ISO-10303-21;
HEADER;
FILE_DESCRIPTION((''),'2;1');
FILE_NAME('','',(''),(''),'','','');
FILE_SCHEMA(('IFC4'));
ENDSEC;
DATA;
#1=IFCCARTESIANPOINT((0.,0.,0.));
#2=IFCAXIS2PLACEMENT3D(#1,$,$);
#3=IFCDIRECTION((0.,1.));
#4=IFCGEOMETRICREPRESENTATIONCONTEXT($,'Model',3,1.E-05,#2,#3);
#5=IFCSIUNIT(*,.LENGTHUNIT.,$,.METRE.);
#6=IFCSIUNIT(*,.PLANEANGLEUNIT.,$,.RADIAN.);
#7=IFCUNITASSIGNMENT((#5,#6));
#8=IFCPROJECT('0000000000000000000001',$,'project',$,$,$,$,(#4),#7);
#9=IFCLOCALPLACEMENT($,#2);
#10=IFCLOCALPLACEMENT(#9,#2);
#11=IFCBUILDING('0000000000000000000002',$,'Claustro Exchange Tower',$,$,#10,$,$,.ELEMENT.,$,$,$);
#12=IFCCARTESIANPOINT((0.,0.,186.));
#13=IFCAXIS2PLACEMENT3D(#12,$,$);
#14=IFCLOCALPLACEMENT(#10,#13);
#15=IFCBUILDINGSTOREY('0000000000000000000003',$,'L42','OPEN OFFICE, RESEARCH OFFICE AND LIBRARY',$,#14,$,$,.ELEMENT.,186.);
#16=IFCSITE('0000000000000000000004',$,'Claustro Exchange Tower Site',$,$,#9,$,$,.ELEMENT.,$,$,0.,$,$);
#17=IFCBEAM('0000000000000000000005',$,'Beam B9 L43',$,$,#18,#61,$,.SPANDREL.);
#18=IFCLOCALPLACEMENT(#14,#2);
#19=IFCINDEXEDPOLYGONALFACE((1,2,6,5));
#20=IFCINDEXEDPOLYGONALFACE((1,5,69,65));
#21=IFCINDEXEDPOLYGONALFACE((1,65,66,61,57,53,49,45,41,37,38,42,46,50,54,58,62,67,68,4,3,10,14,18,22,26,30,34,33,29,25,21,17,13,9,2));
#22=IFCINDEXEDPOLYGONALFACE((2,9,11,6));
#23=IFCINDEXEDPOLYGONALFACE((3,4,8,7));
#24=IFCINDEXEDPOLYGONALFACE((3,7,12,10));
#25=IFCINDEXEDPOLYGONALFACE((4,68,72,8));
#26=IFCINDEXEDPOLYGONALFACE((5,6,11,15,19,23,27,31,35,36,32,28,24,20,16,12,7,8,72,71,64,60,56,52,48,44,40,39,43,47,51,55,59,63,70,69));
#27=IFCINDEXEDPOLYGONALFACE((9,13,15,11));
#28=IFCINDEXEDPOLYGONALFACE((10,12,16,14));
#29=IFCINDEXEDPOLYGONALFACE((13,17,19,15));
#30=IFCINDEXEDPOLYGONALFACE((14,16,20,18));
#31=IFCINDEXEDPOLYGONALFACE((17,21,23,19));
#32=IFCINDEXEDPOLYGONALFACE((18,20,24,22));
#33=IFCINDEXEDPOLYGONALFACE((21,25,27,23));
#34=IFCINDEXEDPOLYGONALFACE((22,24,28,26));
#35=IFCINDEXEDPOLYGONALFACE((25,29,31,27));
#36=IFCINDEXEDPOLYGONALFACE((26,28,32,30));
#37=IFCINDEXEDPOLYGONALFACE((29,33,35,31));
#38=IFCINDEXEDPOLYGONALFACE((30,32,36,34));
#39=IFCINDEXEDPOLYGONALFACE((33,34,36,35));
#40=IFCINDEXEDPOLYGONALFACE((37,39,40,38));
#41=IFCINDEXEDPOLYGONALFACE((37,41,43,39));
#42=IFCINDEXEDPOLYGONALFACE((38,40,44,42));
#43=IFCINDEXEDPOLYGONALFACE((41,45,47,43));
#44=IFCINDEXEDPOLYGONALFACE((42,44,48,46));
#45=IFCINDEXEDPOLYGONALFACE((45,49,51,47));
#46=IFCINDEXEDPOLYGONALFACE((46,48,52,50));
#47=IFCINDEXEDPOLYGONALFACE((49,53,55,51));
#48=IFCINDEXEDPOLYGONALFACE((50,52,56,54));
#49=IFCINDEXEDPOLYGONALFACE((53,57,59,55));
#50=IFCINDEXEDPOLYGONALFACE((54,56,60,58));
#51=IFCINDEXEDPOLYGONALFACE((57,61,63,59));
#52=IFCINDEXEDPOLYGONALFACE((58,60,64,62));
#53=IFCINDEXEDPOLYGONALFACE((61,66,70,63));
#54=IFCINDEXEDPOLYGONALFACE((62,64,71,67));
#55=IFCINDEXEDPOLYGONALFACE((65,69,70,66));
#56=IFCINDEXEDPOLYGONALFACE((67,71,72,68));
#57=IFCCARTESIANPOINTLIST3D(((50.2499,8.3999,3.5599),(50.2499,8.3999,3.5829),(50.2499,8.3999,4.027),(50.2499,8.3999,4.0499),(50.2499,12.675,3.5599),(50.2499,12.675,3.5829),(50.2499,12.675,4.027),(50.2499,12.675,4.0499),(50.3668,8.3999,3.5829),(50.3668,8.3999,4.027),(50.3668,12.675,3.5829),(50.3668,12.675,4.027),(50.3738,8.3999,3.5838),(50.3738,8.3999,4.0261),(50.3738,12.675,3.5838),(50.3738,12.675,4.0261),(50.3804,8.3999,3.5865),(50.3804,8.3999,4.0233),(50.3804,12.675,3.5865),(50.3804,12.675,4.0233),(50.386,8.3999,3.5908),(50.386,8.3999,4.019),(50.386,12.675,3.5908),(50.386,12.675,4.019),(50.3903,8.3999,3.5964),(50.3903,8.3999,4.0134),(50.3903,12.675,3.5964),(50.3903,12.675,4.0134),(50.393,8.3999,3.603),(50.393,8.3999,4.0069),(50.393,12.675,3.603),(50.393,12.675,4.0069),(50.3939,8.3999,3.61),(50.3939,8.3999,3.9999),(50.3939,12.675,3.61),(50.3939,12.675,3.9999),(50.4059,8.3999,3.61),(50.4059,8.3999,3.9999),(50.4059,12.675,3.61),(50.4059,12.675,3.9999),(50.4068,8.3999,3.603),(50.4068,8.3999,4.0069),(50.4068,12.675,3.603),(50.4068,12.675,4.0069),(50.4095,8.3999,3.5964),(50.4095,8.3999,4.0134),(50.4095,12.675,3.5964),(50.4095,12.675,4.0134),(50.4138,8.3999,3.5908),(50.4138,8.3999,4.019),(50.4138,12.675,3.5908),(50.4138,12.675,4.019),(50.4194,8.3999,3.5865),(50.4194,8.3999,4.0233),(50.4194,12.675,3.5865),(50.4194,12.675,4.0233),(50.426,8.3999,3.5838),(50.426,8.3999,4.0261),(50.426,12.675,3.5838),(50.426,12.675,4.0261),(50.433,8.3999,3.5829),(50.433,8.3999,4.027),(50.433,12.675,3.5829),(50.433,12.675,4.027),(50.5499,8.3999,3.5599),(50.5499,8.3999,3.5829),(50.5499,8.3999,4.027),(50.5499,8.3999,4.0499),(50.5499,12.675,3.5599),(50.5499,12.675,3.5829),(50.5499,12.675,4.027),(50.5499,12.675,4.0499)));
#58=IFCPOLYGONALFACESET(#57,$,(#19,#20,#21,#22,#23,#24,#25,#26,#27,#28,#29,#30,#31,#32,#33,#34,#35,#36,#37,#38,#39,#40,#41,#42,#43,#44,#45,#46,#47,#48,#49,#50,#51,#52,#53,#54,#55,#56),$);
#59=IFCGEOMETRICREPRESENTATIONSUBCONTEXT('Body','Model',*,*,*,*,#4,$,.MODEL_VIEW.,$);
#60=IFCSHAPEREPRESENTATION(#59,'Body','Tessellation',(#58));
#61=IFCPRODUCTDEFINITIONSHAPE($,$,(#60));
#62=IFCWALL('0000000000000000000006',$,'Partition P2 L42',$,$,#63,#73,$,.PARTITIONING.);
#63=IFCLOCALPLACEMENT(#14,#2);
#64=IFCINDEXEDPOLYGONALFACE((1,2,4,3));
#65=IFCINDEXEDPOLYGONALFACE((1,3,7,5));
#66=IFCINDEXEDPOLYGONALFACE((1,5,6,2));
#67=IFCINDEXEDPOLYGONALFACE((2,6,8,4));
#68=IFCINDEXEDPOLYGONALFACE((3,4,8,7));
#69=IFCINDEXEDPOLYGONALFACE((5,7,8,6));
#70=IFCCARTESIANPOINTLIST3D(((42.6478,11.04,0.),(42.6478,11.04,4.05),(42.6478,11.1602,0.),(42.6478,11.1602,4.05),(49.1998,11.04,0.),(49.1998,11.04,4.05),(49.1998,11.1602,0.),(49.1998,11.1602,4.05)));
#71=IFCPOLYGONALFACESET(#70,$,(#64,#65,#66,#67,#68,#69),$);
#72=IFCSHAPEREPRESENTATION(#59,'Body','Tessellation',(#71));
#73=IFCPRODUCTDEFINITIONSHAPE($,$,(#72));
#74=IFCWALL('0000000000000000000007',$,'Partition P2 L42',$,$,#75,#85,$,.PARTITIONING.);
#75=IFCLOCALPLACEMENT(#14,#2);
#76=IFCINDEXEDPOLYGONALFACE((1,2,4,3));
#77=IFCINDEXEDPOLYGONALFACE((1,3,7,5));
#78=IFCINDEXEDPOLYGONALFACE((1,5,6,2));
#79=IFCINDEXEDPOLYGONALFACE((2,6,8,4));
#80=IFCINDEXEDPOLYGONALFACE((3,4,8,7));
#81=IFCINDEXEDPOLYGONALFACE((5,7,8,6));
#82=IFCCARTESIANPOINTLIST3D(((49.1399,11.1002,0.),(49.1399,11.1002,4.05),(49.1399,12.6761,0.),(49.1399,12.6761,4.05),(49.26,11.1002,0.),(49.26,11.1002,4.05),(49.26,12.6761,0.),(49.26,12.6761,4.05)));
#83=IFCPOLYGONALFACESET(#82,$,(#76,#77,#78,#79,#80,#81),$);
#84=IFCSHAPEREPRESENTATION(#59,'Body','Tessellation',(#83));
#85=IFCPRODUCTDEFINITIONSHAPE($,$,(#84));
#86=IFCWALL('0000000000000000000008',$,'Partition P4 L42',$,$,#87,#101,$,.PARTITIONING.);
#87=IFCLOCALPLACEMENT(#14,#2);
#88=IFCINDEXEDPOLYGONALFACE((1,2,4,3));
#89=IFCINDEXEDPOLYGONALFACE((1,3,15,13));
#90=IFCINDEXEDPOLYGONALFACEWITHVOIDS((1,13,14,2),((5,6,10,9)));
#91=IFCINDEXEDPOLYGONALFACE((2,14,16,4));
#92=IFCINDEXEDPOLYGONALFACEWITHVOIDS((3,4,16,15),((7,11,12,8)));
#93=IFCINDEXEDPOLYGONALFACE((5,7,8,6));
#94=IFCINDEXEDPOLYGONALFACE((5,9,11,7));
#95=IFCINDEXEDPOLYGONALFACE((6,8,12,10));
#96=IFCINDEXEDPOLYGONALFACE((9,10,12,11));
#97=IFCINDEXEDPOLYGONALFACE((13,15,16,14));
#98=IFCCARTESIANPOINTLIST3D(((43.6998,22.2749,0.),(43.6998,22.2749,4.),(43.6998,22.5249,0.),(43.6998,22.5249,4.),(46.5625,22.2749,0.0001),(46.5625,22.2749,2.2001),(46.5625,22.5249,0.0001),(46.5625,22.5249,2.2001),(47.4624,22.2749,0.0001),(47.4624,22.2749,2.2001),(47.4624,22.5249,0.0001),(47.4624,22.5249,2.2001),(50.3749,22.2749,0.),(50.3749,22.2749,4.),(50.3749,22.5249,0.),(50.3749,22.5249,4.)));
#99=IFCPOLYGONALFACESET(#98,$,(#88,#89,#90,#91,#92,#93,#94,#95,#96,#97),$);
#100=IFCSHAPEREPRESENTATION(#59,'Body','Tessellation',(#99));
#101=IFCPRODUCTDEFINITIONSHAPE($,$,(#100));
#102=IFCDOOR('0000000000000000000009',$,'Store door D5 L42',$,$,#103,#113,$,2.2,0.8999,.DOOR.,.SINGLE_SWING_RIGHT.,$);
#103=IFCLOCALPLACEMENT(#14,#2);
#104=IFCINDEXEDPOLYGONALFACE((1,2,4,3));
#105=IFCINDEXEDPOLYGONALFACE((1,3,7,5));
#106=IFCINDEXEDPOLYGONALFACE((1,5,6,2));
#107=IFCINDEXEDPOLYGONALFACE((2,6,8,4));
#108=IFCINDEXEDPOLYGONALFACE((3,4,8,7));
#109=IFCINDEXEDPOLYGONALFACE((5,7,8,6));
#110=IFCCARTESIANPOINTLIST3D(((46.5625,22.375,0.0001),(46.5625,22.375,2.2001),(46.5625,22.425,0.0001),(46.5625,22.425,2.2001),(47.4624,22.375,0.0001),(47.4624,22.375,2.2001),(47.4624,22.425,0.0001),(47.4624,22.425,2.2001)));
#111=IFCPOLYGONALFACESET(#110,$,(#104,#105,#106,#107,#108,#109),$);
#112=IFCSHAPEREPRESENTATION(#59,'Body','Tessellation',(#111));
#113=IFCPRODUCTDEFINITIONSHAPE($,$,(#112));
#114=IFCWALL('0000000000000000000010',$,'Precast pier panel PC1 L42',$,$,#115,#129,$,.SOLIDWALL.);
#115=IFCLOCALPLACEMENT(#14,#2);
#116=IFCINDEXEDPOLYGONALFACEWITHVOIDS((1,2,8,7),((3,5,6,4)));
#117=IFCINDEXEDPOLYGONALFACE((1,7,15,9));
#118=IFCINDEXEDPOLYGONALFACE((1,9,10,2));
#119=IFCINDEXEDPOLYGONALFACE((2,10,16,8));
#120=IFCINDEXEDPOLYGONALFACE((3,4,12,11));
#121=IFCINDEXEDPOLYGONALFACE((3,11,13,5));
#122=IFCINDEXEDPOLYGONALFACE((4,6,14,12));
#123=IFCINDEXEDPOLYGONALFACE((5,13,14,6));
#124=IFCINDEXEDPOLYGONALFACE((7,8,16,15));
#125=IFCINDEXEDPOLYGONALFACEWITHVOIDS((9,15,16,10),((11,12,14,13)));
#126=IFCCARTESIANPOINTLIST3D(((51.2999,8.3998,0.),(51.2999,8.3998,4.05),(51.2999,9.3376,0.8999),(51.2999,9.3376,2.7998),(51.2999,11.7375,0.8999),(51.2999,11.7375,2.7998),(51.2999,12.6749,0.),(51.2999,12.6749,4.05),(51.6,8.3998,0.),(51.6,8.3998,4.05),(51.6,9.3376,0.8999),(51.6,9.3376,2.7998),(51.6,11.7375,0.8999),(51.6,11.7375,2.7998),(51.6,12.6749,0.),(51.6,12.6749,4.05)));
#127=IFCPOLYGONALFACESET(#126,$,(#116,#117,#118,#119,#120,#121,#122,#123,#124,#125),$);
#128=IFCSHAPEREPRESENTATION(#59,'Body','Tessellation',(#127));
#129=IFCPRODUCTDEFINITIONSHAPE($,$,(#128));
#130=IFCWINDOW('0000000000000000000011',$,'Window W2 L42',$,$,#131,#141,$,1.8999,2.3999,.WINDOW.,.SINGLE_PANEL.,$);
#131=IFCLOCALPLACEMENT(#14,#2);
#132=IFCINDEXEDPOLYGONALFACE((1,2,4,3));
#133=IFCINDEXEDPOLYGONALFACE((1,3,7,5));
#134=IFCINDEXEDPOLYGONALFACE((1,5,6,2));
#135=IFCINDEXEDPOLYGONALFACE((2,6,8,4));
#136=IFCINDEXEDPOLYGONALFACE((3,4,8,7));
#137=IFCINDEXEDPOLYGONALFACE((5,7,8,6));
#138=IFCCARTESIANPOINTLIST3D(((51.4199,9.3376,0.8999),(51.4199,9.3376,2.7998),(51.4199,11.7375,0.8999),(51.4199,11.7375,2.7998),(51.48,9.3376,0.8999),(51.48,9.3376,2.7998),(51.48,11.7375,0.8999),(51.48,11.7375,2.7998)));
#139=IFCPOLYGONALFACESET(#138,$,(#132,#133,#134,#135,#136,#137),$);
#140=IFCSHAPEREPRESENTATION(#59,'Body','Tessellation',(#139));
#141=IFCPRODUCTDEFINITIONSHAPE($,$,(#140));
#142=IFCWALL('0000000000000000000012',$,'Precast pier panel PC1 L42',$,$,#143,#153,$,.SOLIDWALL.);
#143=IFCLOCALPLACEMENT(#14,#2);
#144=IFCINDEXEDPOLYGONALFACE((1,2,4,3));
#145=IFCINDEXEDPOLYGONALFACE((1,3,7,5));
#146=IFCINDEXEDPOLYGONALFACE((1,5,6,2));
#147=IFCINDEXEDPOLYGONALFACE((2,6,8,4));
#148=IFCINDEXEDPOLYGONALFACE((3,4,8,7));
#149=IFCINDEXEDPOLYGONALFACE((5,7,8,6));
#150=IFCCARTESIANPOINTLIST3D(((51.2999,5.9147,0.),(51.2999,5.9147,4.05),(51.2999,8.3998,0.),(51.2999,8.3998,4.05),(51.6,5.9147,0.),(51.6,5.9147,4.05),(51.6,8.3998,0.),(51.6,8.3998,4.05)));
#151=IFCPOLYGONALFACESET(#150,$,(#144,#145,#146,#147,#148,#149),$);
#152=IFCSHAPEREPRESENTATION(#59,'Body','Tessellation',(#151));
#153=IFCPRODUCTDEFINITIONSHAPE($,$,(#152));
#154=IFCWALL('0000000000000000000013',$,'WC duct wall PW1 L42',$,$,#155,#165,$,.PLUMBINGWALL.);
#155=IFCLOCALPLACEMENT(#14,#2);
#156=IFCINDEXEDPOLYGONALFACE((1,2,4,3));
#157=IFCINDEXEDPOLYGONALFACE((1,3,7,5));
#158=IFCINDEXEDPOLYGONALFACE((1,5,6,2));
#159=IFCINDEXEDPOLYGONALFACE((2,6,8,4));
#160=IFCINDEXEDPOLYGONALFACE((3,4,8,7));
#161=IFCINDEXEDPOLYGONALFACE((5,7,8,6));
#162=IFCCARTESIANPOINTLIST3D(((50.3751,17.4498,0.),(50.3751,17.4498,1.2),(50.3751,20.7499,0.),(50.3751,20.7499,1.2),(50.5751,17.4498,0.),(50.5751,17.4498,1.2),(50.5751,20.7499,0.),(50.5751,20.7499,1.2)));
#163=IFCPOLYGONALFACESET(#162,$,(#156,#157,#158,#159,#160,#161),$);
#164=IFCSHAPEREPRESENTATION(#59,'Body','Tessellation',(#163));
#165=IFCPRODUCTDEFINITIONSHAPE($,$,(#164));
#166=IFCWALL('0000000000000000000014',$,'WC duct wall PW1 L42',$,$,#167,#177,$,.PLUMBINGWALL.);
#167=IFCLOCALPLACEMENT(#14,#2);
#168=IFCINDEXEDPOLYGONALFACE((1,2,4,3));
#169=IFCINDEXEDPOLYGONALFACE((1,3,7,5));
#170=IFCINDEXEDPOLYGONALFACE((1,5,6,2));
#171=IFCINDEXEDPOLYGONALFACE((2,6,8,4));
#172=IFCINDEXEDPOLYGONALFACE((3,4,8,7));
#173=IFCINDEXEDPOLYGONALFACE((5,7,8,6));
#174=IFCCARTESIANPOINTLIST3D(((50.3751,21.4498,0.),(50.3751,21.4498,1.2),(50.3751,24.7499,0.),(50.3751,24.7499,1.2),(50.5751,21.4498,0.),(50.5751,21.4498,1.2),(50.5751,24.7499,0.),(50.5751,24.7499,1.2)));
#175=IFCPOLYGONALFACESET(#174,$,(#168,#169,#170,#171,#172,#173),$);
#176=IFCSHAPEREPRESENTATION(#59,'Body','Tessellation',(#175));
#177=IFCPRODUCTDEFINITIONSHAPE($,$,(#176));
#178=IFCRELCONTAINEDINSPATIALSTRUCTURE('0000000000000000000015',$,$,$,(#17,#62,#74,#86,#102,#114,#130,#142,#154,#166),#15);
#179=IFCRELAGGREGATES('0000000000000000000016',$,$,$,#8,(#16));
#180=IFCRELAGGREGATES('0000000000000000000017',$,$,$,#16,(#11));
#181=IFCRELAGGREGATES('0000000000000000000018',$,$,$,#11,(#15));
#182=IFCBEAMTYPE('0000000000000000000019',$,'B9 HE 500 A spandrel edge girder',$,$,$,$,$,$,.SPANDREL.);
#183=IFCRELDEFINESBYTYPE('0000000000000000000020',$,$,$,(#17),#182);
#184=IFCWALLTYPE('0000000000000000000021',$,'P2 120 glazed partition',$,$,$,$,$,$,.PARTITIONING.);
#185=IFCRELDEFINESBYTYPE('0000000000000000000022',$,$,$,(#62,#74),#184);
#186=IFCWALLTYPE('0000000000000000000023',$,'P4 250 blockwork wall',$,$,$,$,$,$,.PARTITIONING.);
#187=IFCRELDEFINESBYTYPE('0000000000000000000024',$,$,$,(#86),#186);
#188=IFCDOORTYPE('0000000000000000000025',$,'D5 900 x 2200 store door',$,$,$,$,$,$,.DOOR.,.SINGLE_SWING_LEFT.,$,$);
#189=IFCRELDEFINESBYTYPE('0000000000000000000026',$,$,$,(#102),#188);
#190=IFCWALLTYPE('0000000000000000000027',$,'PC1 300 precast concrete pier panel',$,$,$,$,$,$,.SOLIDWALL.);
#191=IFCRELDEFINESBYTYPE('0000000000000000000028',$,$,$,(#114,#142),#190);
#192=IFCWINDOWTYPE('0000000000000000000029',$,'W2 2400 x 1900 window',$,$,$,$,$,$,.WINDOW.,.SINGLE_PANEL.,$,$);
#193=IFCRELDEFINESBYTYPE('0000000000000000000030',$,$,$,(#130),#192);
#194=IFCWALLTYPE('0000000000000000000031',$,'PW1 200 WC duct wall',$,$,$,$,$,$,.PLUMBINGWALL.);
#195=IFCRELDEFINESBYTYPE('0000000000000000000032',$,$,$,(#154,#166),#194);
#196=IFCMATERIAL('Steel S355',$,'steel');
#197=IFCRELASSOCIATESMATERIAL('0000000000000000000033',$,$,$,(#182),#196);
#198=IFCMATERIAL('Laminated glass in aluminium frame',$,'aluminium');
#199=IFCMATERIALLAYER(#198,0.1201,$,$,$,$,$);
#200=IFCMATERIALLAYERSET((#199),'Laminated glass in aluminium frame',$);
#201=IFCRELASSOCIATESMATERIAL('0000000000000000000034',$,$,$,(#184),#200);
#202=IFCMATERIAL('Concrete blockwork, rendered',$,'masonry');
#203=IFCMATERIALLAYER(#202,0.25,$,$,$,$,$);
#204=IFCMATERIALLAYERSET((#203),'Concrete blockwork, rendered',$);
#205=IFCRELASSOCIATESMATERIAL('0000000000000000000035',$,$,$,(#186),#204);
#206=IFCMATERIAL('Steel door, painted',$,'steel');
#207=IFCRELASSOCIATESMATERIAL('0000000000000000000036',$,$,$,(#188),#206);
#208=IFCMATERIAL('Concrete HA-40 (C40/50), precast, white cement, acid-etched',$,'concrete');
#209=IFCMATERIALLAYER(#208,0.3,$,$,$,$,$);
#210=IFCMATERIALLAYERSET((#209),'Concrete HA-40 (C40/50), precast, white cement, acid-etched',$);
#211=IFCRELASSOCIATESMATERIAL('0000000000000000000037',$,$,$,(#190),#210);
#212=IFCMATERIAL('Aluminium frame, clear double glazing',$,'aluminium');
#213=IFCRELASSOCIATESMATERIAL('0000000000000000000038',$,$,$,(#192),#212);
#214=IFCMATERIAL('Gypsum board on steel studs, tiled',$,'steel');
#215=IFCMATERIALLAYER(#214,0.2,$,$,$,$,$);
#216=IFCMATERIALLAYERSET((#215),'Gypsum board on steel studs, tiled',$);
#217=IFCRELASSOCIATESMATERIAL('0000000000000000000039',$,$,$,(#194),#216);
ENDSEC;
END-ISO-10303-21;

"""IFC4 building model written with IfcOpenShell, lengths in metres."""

from ifc_helpers import new_model, si_unit, direction, frame, frame_2d, origin, origin_2d, place, context, subcontext, project, spatial, rectangle, i_section, extrude, material, layer, layer_set, material_profile, profile_set, type_object, element, fill, save


model = new_model("IFC4")

# Units and contexts
model_context = context("Model", 3, precision=1e-05, world=origin(), true_north=direction((0.0, 1.0)))
body_context = subcontext(model_context, "Body", "Model", "MODEL_VIEW")
ifc_project = project(units=[si_unit("LENGTHUNIT", "METRE"), si_unit("PLANEANGLEUNIT", "RADIAN")], contexts=[model_context])

# Site, building, storey
site_placement = place(None, origin())
site = spatial("IfcSite", under=ifc_project, at=site_placement, Name="Claustro Exchange Tower Site", CompositionType="ELEMENT", RefElevation=0.0)
building_placement = place(site_placement, origin())
building = spatial("IfcBuilding", under=site, at=building_placement, Name="Claustro Exchange Tower", CompositionType="ELEMENT")
storey_placement = place(building_placement, frame((0.0, 0.0, 186.0)))
storey = spatial("IfcBuildingStorey", under=building, at=storey_placement, Name="L42", Description="OPEN OFFICE, RESEARCH OFFICE AND LIBRARY", CompositionType="ELEMENT", Elevation=186.0)

# Beam
ifc_material_1 = material(Name="Steel S355", Category="steel")
ifc_material_profile = material_profile(ifc_material_1, i_section(OverallWidth=0.3, OverallDepth=0.49, WebThickness=0.012, FlangeThickness=0.0229, FilletRadius=0.0271, at=origin_2d()), Name="HE 500 A")
ifc_profile_set = profile_set([ifc_material_profile], Name="Steel S355")
beam_type = type_object("IfcBeamType", Name="B9 HE 500 A spandrel edge girder", PredefinedType="SPANDREL", material=ifc_profile_set)
beam_placement = place(storey_placement, frame((50.3999, 8.3999, 3.8049), z_axis=(0.0, 1.0, 0.0), x_axis=(-1.0, 0.0, 0.0)))
element("IfcBeam", 1, at=beam_placement, inside=storey, type_object=beam_type, Name="Beam B9 L43", PredefinedType="SPANDREL", context=body_context, shape_type="SweptSolid", body=[
    extrude(i_section(OverallWidth=0.3, OverallDepth=0.49, WebThickness=0.012, FlangeThickness=0.0229, FilletRadius=0.0271, at=origin_2d()), origin(), (0.0, 0.0, 1.0), 4.2751),
])

# Shared definitions
ifc_material_2 = material(Name="Laminated glass in aluminium frame", Category="aluminium")
ifc_layer_1 = layer(ifc_material_2, 0.1201)
ifc_layer_set_1 = layer_set([ifc_layer_1], Name="Laminated glass in aluminium frame")
wall_type_1 = type_object("IfcWallType", Name="P2 120 glazed partition", PredefinedType="PARTITIONING", material=ifc_layer_set_1)

# Walls
wall_1_placement = place(storey_placement, frame((42.6479, 11.1001, 0.0), z_axis=(0.0, 0.0, 1.0), x_axis=(1.0, 0.0, 0.0)))
element("IfcWall", 2, at=wall_1_placement, inside=storey, type_object=wall_type_1, Name="Partition P2 L42", PredefinedType="PARTITIONING", context=body_context, shape_type="SweptSolid", body=[
    extrude(rectangle(XDim=6.552, YDim=0.1201, at=frame_2d((3.2759, 0.0))), origin(), (0.0, 0.0, 1.0), 4.05),
])
wall_2_placement = place(storey_placement, frame((49.2, 11.1001, 0.0), z_axis=(0.0, 0.0, 1.0), x_axis=(0.0, 1.0, 0.0)))
element("IfcWall", 3, at=wall_2_placement, inside=storey, type_object=wall_type_1, Name="Partition P2 L42", PredefinedType="PARTITIONING", context=body_context, shape_type="SweptSolid", body=[
    extrude(rectangle(XDim=1.5759, YDim=0.1201, at=frame_2d((0.7881, 0.0))), origin(), (0.0, 0.0, 1.0), 4.05),
])

# Wall, opening, door
ifc_material_3 = material(Name="Concrete blockwork, rendered", Category="masonry")
ifc_layer_2 = layer(ifc_material_3, 0.25)
ifc_layer_set_2 = layer_set([ifc_layer_2], Name="Concrete blockwork, rendered")
wall_type_2 = type_object("IfcWallType", Name="P4 250 blockwork wall", PredefinedType="PARTITIONING", material=ifc_layer_set_2)
wall_3_placement = place(storey_placement, frame((43.7, 22.3999, 0.0), z_axis=(0.0, 0.0, 1.0), x_axis=(1.0, 0.0, 0.0)))
wall_3 = element("IfcWall", 4, at=wall_3_placement, inside=storey, type_object=wall_type_2, Name="Partition P4 L42", PredefinedType="PARTITIONING", context=body_context, shape_type="SweptSolid", body=[
    extrude(rectangle(XDim=6.675, YDim=0.25, at=frame_2d((3.3374, 0.0))), origin(), (0.0, 0.0, 1.0), 4.0),
])
opening_1_placement = place(wall_3_placement, frame((2.8625, 0.0, 0.0)))
opening_1 = element("IfcOpeningElement", 5, at=opening_1_placement, cuts=wall_3, PredefinedType="OPENING", context=body_context, shape_type="SweptSolid", body=[
    extrude(rectangle(XDim=0.8999, YDim=2.2, at=frame_2d((0.45, 1.1001))), frame((0.0, 0.135, 0.0), z_axis=(0.0, -1.0, 0.0), x_axis=(1.0, 0.0, 0.0)), (0.0, 0.0, 1.0), 0.27),
])
ifc_material_4 = material(Name="Steel door, painted", Category="steel")
door_type_1 = type_object("IfcDoorType", Name="D5 900 x 2200 store door", OperationType="SINGLE_SWING_LEFT", PredefinedType="DOOR", material=ifc_material_4)
door_1_placement = place(opening_1_placement, frame((0.8999, 0.0, 0.0), z_axis=(0.0, 0.0, 1.0), x_axis=(-1.0, 0.0, 0.0)))
door_1 = element("IfcDoor", 6, at=door_1_placement, inside=storey, type_object=door_type_1, Name="Store door D5 L42", OperationType="SINGLE_SWING_RIGHT", OverallHeight=2.2, OverallWidth=0.8999, PredefinedType="DOOR", context=body_context, shape_type="SweptSolid", body=[
    extrude(rectangle(XDim=0.8999, YDim=2.2, at=frame_2d((0.45, 1.1001))), frame((0.0, 0.0249, 0.0), z_axis=(0.0, -1.0, 0.0), x_axis=(1.0, 0.0, 0.0)), (0.0, 0.0, 1.0), 0.05),
])
fill(opening_1, door_1)

# Wall, opening, window
ifc_material_5 = material(Name="Concrete HA-40 (C40/50), precast, white cement, acid-etched", Category="concrete")
ifc_layer_3 = layer(ifc_material_5, 0.3)
ifc_layer_set_3 = layer_set([ifc_layer_3], Name="Concrete HA-40 (C40/50), precast, white cement, acid-etched")
wall_type_3 = type_object("IfcWallType", Name="PC1 300 precast concrete pier panel", PredefinedType="SOLIDWALL", material=ifc_layer_set_3)
wall_4_placement = place(storey_placement, frame((51.45, 12.675, 0.0), z_axis=(0.0, 0.0, 1.0), x_axis=(0.0, -1.0, 0.0)))
wall_4 = element("IfcWall", 7, at=wall_4_placement, inside=storey, type_object=wall_type_3, Name="Precast pier panel PC1 L42", PredefinedType="SOLIDWALL", context=body_context, shape_type="SweptSolid", body=[
    extrude(rectangle(XDim=4.2751, YDim=0.3, at=frame_2d((2.1377, 0.0))), origin(), (0.0, 0.0, 1.0), 4.05),
])
opening_2_placement = place(wall_4_placement, frame((0.9375, 0.0, 0.8999)))
opening_2 = element("IfcOpeningElement", 8, at=opening_2_placement, cuts=wall_4, PredefinedType="OPENING", context=body_context, shape_type="SweptSolid", body=[
    extrude(rectangle(XDim=2.3999, YDim=1.8999, at=frame_2d((1.2, 0.95))), frame((0.0, 0.1599, 0.0), z_axis=(0.0, -1.0, 0.0), x_axis=(1.0, 0.0, 0.0)), (0.0, 0.0, 1.0), 0.3201),
])
ifc_material_6 = material(Name="Aluminium frame, clear double glazing", Category="aluminium")
window_type = type_object("IfcWindowType", Name="W2 2400 x 1900 window", PartitioningType="SINGLE_PANEL", PredefinedType="WINDOW", material=ifc_material_6)
window_placement = place(opening_2_placement, origin())
window = element("IfcWindow", 9, at=window_placement, inside=storey, type_object=window_type, Name="Window W2 L42", OverallHeight=1.8999, OverallWidth=2.3999, PartitioningType="SINGLE_PANEL", PredefinedType="WINDOW", context=body_context, shape_type="SweptSolid", body=[
    extrude(rectangle(XDim=2.3999, YDim=1.8999, at=frame_2d((1.2, 0.95))), frame((0.0, 0.03, 0.0), z_axis=(0.0, -1.0, 0.0), x_axis=(1.0, 0.0, 0.0)), (0.0, 0.0, 1.0), 0.0601),
])
fill(opening_2, window)

# Walls
wall_5_placement = place(storey_placement, frame((51.45, 8.3999, 0.0), z_axis=(0.0, 0.0, 1.0), x_axis=(0.0, -1.0, 0.0)))
element("IfcWall", 10, at=wall_5_placement, inside=storey, type_object=wall_type_3, Name="Precast pier panel PC1 L42", PredefinedType="SOLIDWALL", context=body_context, shape_type="SweptSolid", body=[
    extrude(rectangle(XDim=2.4851, YDim=0.3, at=frame_2d((1.2427, 0.0))), origin(), (0.0, 0.0, 1.0), 4.05),
])
ifc_material_7 = material(Name="Gypsum board on steel studs, tiled", Category="steel")
ifc_layer_4 = layer(ifc_material_7, 0.2)
ifc_layer_set_4 = layer_set([ifc_layer_4], Name="Gypsum board on steel studs, tiled")
wall_type_4 = type_object("IfcWallType", Name="PW1 200 WC duct wall", PredefinedType="PLUMBINGWALL", material=ifc_layer_set_4)
for number, where, z_axis, x_axis, name in (
    (11, (50.4751, 17.45, 0.0), (0.0, 0.0, 1.0), (0.0, 1.0, 0.0), "WC duct wall PW1 L42"),
    (12, (50.4751, 21.45, 0.0), (0.0, 0.0, 1.0), (0.0, 1.0, 0.0), "WC duct wall PW1 L42"),
):
    element("IfcWall", number, at=place(storey_placement, frame(where, z_axis=z_axis, x_axis=x_axis)), inside=storey, type_object=wall_type_4, Name=name, PredefinedType="PLUMBINGWALL", context=body_context, shape_type="SweptSolid", body=[
        extrude(rectangle(XDim=3.3, YDim=0.2, at=frame_2d((1.6499, 0.0))), origin(), (0.0, 0.0, 1.0), 1.2),
    ])

save(model, "model.ifc")
